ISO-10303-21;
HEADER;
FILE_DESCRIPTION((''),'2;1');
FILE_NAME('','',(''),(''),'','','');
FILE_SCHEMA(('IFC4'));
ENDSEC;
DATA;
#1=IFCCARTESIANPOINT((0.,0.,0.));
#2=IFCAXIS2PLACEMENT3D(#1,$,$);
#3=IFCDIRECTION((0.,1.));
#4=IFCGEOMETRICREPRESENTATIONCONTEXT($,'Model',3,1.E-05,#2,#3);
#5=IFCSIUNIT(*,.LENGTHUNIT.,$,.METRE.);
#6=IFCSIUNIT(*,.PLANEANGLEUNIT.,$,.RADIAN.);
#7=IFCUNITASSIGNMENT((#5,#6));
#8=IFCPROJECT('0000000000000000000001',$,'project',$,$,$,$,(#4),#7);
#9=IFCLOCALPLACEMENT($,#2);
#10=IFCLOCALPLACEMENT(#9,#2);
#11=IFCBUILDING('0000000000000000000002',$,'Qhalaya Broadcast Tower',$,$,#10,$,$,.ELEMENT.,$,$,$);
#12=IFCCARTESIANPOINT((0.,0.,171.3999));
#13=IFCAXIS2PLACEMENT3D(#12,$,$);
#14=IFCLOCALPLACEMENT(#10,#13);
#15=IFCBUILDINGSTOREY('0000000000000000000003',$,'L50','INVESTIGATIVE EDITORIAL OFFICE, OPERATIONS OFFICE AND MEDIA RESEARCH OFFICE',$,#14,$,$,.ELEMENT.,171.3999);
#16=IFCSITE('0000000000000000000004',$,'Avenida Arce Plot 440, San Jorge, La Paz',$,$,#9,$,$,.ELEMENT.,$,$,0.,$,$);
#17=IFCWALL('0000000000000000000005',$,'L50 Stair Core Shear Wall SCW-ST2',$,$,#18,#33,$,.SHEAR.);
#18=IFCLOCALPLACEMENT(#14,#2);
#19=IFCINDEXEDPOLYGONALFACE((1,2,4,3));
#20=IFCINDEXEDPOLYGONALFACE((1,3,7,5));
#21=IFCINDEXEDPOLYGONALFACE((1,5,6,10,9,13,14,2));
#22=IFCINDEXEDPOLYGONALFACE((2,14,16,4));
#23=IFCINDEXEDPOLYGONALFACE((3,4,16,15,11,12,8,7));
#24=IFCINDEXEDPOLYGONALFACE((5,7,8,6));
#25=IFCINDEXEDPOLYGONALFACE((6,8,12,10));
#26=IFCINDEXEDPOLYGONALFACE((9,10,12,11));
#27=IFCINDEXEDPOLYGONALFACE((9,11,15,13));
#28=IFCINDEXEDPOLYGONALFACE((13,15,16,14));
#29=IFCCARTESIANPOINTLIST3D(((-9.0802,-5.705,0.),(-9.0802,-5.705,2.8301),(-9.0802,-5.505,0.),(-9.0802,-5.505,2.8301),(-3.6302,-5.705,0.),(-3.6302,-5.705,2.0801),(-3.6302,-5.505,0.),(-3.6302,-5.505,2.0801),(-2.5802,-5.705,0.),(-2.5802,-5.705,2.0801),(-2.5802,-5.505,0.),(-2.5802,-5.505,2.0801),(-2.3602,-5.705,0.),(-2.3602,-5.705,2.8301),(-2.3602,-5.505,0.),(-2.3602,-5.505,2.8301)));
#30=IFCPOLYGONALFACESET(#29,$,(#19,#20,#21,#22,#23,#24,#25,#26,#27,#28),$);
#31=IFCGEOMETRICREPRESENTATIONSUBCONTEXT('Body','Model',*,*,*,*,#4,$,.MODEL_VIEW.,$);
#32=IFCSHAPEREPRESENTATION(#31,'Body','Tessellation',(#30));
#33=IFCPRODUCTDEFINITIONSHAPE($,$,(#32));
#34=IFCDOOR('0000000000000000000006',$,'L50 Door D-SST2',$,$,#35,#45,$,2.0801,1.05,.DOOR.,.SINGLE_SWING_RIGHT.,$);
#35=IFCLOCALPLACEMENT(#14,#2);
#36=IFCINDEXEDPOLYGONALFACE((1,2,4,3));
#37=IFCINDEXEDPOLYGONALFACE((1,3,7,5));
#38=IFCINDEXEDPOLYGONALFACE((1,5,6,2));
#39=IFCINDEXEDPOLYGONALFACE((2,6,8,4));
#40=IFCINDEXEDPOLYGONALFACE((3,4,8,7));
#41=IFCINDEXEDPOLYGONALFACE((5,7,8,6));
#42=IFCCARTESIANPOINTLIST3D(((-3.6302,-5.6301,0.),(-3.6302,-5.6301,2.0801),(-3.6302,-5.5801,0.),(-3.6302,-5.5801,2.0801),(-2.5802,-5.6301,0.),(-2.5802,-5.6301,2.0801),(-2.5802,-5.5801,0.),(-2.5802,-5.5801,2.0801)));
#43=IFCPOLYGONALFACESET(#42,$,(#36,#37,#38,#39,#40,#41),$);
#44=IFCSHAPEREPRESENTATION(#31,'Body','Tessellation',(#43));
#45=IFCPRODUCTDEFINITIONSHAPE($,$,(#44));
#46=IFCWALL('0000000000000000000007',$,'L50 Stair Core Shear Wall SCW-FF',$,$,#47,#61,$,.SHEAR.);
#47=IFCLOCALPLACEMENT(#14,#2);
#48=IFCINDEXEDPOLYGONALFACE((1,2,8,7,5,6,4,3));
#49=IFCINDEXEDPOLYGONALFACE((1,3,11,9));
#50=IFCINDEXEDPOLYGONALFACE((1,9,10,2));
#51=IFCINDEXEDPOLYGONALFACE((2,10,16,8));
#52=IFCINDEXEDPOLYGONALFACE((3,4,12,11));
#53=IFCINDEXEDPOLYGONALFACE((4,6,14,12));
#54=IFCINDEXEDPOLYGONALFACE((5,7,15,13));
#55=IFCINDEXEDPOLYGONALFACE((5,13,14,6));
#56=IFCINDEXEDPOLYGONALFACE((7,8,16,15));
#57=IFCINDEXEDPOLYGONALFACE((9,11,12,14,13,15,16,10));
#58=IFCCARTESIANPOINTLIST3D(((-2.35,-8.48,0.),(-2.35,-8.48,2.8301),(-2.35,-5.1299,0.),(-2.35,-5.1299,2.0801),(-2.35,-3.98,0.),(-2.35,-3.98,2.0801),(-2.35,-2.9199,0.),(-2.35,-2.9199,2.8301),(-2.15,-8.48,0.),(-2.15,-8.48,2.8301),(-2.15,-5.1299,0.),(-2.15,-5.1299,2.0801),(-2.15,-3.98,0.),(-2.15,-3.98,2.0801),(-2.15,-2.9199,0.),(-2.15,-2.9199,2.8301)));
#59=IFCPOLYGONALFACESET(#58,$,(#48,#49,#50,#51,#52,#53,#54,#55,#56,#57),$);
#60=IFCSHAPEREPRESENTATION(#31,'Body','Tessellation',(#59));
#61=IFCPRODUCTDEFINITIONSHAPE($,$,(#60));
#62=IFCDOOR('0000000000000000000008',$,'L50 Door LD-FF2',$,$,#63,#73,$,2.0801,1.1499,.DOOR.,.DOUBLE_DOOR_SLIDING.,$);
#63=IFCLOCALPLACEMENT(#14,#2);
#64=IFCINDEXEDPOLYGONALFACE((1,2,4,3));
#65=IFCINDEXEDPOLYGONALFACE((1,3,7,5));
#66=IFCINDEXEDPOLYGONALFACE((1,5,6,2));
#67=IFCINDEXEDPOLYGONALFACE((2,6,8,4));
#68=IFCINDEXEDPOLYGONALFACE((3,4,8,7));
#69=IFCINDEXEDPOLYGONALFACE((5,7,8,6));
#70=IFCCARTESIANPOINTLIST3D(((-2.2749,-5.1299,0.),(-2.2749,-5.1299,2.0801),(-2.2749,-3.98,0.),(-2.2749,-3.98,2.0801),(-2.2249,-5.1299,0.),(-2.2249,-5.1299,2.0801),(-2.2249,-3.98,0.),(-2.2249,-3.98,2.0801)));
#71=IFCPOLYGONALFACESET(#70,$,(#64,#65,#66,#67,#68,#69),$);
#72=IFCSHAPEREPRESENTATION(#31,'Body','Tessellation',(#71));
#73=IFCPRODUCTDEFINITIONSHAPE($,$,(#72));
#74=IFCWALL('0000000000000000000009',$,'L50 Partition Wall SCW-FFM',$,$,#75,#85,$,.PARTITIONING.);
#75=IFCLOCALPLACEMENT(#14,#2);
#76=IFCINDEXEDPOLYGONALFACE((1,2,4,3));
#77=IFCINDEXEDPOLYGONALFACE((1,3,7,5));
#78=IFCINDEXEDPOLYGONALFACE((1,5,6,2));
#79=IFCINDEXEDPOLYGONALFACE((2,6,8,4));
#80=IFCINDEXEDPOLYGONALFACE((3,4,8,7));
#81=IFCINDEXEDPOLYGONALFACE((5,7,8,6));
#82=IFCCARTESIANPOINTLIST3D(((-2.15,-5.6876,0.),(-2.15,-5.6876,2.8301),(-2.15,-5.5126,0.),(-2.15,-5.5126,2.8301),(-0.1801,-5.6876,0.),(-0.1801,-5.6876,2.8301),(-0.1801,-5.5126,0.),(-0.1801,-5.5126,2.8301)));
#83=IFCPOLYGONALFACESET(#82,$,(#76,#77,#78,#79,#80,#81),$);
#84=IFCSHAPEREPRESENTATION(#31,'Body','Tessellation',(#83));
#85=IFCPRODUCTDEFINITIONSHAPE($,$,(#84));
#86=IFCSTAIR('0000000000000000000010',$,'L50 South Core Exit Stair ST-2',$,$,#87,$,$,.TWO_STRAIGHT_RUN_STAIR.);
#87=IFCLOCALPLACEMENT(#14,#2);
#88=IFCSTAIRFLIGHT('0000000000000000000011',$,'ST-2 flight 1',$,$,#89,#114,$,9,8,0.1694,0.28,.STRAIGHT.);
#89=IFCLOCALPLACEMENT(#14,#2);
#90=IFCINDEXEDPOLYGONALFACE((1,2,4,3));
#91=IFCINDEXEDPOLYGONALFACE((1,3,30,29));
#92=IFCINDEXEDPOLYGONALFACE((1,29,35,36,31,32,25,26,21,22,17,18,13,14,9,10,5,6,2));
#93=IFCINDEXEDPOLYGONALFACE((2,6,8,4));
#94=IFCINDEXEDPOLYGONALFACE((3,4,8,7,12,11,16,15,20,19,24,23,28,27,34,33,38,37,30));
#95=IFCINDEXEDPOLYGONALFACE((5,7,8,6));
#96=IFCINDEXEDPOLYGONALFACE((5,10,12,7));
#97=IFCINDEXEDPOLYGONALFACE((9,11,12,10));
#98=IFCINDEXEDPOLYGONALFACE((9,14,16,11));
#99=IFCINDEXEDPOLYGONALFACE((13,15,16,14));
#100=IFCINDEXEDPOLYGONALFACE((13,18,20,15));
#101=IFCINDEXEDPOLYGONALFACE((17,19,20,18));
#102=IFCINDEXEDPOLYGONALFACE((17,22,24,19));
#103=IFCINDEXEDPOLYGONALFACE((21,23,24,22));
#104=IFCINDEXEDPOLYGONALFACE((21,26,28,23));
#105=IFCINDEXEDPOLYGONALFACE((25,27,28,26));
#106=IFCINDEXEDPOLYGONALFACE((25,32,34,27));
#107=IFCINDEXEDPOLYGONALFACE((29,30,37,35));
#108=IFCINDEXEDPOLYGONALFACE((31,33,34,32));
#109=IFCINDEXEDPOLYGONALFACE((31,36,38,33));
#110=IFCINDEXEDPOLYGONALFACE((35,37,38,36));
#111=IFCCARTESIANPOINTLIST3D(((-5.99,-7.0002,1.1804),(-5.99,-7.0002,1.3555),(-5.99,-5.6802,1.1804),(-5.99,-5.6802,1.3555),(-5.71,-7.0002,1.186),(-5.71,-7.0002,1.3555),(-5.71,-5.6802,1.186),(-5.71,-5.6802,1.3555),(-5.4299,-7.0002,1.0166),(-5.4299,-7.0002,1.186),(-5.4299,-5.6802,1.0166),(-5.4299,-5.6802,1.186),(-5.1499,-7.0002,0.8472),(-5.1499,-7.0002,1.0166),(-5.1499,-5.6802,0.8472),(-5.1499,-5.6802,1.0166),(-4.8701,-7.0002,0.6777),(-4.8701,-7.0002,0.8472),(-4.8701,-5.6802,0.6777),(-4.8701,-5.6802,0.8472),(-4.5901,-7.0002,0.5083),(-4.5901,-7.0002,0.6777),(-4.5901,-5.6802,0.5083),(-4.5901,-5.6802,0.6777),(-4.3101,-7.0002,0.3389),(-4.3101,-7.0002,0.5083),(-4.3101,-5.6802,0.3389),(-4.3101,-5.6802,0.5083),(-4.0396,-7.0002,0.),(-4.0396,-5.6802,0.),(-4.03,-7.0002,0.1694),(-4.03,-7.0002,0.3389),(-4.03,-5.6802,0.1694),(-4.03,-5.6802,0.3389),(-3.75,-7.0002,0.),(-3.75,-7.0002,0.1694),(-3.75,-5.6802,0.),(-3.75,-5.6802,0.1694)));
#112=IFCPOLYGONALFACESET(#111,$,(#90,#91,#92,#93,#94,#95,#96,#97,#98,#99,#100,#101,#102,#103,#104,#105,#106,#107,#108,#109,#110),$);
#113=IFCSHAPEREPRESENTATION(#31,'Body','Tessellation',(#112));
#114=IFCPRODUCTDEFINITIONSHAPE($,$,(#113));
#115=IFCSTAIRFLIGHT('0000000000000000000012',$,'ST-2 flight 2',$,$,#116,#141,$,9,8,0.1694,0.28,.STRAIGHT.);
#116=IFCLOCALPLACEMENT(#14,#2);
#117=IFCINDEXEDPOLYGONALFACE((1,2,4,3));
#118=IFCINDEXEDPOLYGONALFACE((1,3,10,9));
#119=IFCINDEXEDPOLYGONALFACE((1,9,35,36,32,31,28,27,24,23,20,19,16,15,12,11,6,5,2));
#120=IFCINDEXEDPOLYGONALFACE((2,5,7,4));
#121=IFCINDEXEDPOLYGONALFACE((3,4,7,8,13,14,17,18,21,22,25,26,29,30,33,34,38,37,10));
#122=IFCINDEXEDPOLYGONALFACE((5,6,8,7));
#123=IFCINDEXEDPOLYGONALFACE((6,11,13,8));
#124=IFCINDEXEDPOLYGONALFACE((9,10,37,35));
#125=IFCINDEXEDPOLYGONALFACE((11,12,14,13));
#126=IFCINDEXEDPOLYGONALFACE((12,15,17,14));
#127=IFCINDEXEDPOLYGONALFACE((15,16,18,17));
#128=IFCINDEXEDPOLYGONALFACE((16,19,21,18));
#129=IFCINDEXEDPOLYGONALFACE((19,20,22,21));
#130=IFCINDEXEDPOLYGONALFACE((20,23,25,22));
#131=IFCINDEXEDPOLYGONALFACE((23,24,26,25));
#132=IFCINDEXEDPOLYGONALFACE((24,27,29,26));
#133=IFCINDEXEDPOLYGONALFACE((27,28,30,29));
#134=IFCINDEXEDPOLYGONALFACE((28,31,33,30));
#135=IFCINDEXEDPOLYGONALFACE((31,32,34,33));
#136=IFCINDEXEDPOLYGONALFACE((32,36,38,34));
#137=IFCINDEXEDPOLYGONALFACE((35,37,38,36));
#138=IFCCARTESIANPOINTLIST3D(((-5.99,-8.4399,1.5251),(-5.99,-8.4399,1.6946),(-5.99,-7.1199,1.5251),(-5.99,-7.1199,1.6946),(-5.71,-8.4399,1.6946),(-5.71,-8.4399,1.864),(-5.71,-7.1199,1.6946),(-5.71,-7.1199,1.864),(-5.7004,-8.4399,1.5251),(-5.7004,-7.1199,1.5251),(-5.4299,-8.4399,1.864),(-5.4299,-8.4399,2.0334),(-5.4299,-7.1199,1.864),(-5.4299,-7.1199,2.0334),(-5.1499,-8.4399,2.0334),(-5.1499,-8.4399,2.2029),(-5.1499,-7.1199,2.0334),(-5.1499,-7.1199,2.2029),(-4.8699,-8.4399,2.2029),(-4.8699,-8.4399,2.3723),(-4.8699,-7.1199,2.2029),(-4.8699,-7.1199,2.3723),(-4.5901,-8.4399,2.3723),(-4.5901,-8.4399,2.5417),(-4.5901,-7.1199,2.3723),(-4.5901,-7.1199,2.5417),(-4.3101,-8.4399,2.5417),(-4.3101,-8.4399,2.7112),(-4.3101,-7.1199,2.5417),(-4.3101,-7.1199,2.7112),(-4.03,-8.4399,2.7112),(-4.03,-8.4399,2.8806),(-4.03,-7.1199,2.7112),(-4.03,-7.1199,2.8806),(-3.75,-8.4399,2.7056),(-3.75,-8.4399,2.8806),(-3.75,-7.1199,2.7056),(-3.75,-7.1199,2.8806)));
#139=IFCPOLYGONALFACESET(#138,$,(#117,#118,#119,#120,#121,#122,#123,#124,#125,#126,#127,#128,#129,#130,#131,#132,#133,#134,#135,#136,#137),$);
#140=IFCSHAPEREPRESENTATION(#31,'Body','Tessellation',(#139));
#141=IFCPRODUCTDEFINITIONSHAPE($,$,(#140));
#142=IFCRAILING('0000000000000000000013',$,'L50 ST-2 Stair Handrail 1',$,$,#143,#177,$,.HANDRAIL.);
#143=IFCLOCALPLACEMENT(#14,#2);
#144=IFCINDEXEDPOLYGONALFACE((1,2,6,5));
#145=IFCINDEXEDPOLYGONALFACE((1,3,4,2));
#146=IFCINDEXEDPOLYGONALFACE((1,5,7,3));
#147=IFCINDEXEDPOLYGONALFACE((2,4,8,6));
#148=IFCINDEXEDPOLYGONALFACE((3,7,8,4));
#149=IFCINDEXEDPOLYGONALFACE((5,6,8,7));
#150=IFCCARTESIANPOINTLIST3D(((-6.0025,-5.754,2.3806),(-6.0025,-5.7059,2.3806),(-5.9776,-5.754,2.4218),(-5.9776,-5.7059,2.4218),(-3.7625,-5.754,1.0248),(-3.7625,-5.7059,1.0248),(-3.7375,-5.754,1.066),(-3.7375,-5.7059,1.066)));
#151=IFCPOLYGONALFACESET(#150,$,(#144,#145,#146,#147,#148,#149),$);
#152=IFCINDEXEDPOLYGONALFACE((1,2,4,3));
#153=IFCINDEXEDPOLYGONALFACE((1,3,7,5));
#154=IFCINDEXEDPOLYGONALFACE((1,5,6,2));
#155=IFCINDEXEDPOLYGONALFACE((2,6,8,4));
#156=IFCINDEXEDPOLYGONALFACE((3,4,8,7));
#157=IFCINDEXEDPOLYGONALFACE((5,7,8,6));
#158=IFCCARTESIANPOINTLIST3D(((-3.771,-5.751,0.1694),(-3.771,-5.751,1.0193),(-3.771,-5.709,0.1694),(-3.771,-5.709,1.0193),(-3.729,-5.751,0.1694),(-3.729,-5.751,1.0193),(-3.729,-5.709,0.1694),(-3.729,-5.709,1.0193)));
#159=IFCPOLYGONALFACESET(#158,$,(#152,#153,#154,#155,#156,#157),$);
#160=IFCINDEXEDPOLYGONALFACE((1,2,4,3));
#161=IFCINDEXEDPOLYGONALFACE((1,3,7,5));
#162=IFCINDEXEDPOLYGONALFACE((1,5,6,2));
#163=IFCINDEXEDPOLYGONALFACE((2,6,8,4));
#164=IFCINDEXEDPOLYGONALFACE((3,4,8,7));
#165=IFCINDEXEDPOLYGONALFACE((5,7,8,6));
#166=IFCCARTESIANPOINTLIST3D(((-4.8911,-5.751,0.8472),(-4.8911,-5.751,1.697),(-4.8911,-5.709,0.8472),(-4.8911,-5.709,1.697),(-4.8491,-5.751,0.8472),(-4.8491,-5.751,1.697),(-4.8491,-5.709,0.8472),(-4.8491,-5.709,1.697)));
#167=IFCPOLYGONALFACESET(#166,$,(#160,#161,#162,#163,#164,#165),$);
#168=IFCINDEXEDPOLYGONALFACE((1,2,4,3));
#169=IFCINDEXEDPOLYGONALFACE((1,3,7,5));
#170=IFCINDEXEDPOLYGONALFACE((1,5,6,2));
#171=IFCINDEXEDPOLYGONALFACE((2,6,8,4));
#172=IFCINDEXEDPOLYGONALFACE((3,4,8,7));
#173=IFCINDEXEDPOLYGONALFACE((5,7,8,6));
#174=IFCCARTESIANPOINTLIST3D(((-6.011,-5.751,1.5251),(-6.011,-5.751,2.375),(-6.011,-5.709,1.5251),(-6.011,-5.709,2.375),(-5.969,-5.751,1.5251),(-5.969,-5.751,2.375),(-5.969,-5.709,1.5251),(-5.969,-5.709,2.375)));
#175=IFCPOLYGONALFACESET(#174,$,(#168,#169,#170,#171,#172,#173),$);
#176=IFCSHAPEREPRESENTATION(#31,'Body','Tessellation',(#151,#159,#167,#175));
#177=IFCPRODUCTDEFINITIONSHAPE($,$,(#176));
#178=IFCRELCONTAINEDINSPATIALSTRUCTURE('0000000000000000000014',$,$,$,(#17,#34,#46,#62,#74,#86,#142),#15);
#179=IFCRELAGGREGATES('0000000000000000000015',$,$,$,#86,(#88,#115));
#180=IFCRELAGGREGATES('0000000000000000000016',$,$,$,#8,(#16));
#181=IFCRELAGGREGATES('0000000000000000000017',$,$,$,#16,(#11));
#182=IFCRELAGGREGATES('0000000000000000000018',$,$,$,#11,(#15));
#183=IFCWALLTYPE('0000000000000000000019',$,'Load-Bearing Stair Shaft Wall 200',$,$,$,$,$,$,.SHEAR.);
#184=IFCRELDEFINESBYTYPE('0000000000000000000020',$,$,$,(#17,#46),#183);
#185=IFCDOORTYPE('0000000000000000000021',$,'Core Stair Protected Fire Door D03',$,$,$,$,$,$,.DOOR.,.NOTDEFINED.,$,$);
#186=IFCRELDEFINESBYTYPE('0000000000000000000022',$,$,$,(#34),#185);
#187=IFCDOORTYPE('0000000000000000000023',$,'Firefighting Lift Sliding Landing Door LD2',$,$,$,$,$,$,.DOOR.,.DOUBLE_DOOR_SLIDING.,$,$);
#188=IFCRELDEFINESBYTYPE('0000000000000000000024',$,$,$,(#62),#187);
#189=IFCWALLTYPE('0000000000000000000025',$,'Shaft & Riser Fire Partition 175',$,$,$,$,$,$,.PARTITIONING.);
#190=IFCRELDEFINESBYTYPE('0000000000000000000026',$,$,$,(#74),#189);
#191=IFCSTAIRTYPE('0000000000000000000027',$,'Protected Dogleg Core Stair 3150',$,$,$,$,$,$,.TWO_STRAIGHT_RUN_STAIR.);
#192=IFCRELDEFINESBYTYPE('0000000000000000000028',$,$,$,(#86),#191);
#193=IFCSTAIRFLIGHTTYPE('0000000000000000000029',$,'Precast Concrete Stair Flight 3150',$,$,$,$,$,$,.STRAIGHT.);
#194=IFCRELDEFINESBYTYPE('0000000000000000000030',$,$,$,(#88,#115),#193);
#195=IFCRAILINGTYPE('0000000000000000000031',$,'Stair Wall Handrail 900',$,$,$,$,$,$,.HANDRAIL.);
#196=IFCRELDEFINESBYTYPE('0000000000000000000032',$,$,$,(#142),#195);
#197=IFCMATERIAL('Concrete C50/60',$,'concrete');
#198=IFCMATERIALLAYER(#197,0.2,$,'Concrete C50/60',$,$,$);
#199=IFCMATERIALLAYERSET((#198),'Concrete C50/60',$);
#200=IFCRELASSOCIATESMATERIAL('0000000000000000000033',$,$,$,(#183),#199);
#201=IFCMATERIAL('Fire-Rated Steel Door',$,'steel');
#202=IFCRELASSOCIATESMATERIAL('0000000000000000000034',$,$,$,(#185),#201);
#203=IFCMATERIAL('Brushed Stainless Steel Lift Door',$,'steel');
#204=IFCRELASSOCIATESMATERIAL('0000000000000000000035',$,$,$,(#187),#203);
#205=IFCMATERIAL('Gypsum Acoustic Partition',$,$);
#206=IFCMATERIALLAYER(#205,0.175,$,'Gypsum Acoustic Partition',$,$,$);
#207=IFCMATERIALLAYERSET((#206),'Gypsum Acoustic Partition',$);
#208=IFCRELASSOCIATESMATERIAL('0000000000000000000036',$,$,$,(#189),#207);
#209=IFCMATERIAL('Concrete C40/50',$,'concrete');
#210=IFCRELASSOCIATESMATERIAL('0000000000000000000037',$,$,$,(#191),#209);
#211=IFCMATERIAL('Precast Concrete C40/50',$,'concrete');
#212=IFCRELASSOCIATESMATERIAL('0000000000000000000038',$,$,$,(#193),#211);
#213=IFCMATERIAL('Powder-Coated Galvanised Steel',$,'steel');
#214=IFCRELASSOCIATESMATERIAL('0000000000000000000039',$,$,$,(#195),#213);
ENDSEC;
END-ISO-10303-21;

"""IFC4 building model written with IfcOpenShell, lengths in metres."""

from ifc_helpers import new_model, si_unit, direction, frame, frame_2d, origin, origin_2d, place, context, subcontext, project, spatial, polyline, rectangle, outline, extrude, material, layer, layer_set, type_object, element, fill, aggregate, save


model = new_model("IFC4")

# Units and contexts
model_context = context("Model", 3, precision=1e-05, world=origin(), true_north=direction((0.0, 1.0)))
body_context = subcontext(model_context, "Body", "Model", "MODEL_VIEW")
ifc_project = project(units=[si_unit("LENGTHUNIT", "METRE"), si_unit("PLANEANGLEUNIT", "RADIAN")], contexts=[model_context])

# Site, building, storey
site_placement = place(None, origin())
site = spatial("IfcSite", under=ifc_project, at=site_placement, Name="Avenida Arce Plot 440, San Jorge, La Paz", CompositionType="ELEMENT", RefElevation=0.0)
building_placement = place(site_placement, origin())
building = spatial("IfcBuilding", under=site, at=building_placement, Name="Qhalaya Broadcast Tower", CompositionType="ELEMENT")
storey_placement = place(building_placement, frame((0.0, 0.0, 171.3999)))
storey = spatial("IfcBuildingStorey", under=building, at=storey_placement, Name="L50", Description="INVESTIGATIVE EDITORIAL OFFICE, OPERATIONS OFFICE AND MEDIA RESEARCH OFFICE", CompositionType="ELEMENT", Elevation=171.3999)

# Shared definitions
ifc_material_1 = material(Name="Concrete C50/60", Category="concrete")

# Walls, openings, doors
ifc_layer_1 = layer(ifc_material_1, 0.2, Name="Concrete C50/60")
ifc_layer_set_1 = layer_set([ifc_layer_1], Name="Concrete C50/60")
wall_type_1 = type_object("IfcWallType", Name="Load-Bearing Stair Shaft Wall 200", PredefinedType="SHEAR", material=ifc_layer_set_1)
wall_1_placement = place(storey_placement, frame((-9.0801, -5.605, 0.0), z_axis=(0.0, 0.0, 1.0), x_axis=(1.0, 0.0, 0.0)))
wall_1 = element("IfcWall", 1, at=wall_1_placement, inside=storey, type_object=wall_type_1, Name="L50 Stair Core Shear Wall SCW-ST2", PredefinedType="SHEAR", context=body_context, shape_type="SweptSolid", body=[
    extrude(rectangle(XDim=6.72, YDim=0.2, at=frame_2d((3.3599, 0.0))), origin(), (0.0, 0.0, 1.0), 2.8301),
])
opening_1_placement = place(wall_1_placement, frame((5.45, 0.0, 0.0)))
opening_1 = element("IfcOpeningElement", 2, at=opening_1_placement, cuts=wall_1, PredefinedType="OPENING", context=body_context, shape_type="SweptSolid", body=[
    extrude(rectangle(XDim=1.05, YDim=2.0801, at=frame_2d((0.5249, 1.04))), frame((0.0, 0.1121, 0.0), z_axis=(0.0, -1.0, 0.0), x_axis=(1.0, 0.0, 0.0)), (0.0, 0.0, 1.0), 0.2239),
])
ifc_material_2 = material(Name="Fire-Rated Steel Door", Category="steel")
door_type_1 = type_object("IfcDoorType", Name="Core Stair Protected Fire Door D03", OperationType="NOTDEFINED", PredefinedType="DOOR", material=ifc_material_2)
door_1_placement = place(opening_1_placement, origin())
door_1 = element("IfcDoor", 3, at=door_1_placement, inside=storey, type_object=door_type_1, Name="L50 Door D-SST2", OperationType="SINGLE_SWING_RIGHT", OverallHeight=2.0801, OverallWidth=1.05, PredefinedType="DOOR", context=body_context, shape_type="SweptSolid", body=[
    extrude(rectangle(XDim=1.05, YDim=2.0801, at=frame_2d((0.5249, 1.04))), frame((0.0, 0.0249, 0.0), z_axis=(0.0, -1.0, 0.0), x_axis=(1.0, 0.0, 0.0)), (0.0, 0.0, 1.0), 0.05),
])
fill(opening_1, door_1)
wall_2_placement = place(storey_placement, frame((-2.25, -8.48, 0.0), z_axis=(0.0, 0.0, 1.0), x_axis=(0.0, 1.0, 0.0)))
wall_2 = element("IfcWall", 4, at=wall_2_placement, inside=storey, type_object=wall_type_1, Name="L50 Stair Core Shear Wall SCW-FF", PredefinedType="SHEAR", context=body_context, shape_type="SweptSolid", body=[
    extrude(rectangle(XDim=5.5601, YDim=0.2, at=frame_2d((2.78, 0.0))), origin(), (0.0, 0.0, 1.0), 2.8301),
])
opening_2_placement = place(wall_2_placement, frame((3.3501, 0.0, 0.0)))
opening_2 = element("IfcOpeningElement", 5, at=opening_2_placement, cuts=wall_2, PredefinedType="OPENING", context=body_context, shape_type="SweptSolid", body=[
    extrude(rectangle(XDim=1.1499, YDim=2.0801, at=frame_2d((0.575, 1.04))), frame((0.0, 0.1121, 0.0), z_axis=(0.0, -1.0, 0.0), x_axis=(1.0, 0.0, 0.0)), (0.0, 0.0, 1.0), 0.2239),
])
ifc_material_3 = material(Name="Brushed Stainless Steel Lift Door", Category="steel")
door_type_2 = type_object("IfcDoorType", Name="Firefighting Lift Sliding Landing Door LD2", OperationType="DOUBLE_DOOR_SLIDING", PredefinedType="DOOR", material=ifc_material_3)
door_2_placement = place(opening_2_placement, origin())
door_2 = element("IfcDoor", 6, at=door_2_placement, inside=storey, type_object=door_type_2, Name="L50 Door LD-FF2", OperationType="DOUBLE_DOOR_SLIDING", OverallHeight=2.0801, OverallWidth=1.1499, PredefinedType="DOOR", context=body_context, shape_type="SweptSolid", body=[
    extrude(rectangle(XDim=1.1499, YDim=2.0801, at=frame_2d((0.575, 1.04))), frame((0.0, 0.0249, 0.0), z_axis=(0.0, -1.0, 0.0), x_axis=(1.0, 0.0, 0.0)), (0.0, 0.0, 1.0), 0.05),
])
fill(opening_2, door_2)

# Wall
ifc_material_4 = material(Name="Gypsum Acoustic Partition")
ifc_layer_2 = layer(ifc_material_4, 0.175, Name="Gypsum Acoustic Partition")
ifc_layer_set_2 = layer_set([ifc_layer_2], Name="Gypsum Acoustic Partition")
wall_type_2 = type_object("IfcWallType", Name="Shaft & Riser Fire Partition 175", PredefinedType="PARTITIONING", material=ifc_layer_set_2)
wall_3_placement = place(storey_placement, frame((-2.1499, -5.6001, 0.0), z_axis=(0.0, 0.0, 1.0), x_axis=(1.0, 0.0, 0.0)))
element("IfcWall", 7, at=wall_3_placement, inside=storey, type_object=wall_type_2, Name="L50 Partition Wall SCW-FFM", PredefinedType="PARTITIONING", context=body_context, shape_type="SweptSolid", body=[
    extrude(rectangle(XDim=1.97, YDim=0.175, at=frame_2d((0.9849, 0.0))), origin(), (0.0, 0.0, 1.0), 2.8301),
])

# Stair, stair flights
ifc_material_5 = material(Name="Concrete C40/50", Category="concrete")
stair_type = type_object("IfcStairType", Name="Protected Dogleg Core Stair 3150", PredefinedType="TWO_STRAIGHT_RUN_STAIR", material=ifc_material_5)
stair_placement = place(storey_placement, origin())
stair = element("IfcStair", 8, at=stair_placement, inside=storey, type_object=stair_type, Name="L50 South Core Exit Stair ST-2", PredefinedType="TWO_STRAIGHT_RUN_STAIR")
ifc_material_6 = material(Name="Precast Concrete C40/50", Category="concrete")
stair_flight_type = type_object("IfcStairFlightType", Name="Precast Concrete Stair Flight 3150", PredefinedType="STRAIGHT", material=ifc_material_6)
stair_flight_1_placement = place(storey_placement, frame((-3.75, -6.3401, 0.0), z_axis=(0.0, 0.0, 1.0), x_axis=(-1.0, 0.0, 0.0)))
stair_flight_1 = element("IfcStairFlight", 9, at=stair_flight_1_placement, type_object=stair_flight_type, Name="ST-2 flight 1", NumberOfRisers=9, NumberOfTreads=8, PredefinedType="STRAIGHT", RiserHeight=0.1694, TreadLength=0.28, context=body_context, shape_type="SweptSolid", body=[
    extrude(outline(polyline([(0.0, 0.0), (0.0, 0.1694), (0.28, 0.1694), (0.28, 0.3389), (0.5601, 0.3389), (0.5601, 0.5083), (0.8401, 0.5083), (0.8401, 0.6777), (1.1201, 0.6777), (1.1201, 0.8472), (1.3999, 0.8472), (1.3999, 1.0166), (1.6799, 1.0166), (1.6799, 1.186), (1.96, 1.186), (1.96, 1.3555), (2.24, 1.3555), (2.24, 1.5249), (2.24, 1.1804), (0.2896, 0.0), (0.0, 0.0)])), frame((0.0, 0.6602, 0.0), z_axis=(0.0, -1.0, 0.0), x_axis=(1.0, 0.0, 0.0)), (0.0, 0.0, 1.0), 1.3201),
])
stair_flight_2_placement = place(storey_placement, frame((-5.99, -7.78, 1.5251), z_axis=(0.0, 0.0, 1.0), x_axis=(1.0, 0.0, 0.0)))
stair_flight_2 = element("IfcStairFlight", 10, at=stair_flight_2_placement, type_object=stair_flight_type, Name="ST-2 flight 2", NumberOfRisers=9, NumberOfTreads=8, PredefinedType="STRAIGHT", RiserHeight=0.1694, TreadLength=0.28, context=body_context, shape_type="SweptSolid", body=[
    extrude(outline(polyline([(0.0, 0.0), (0.0, 0.1694), (0.28, 0.1694), (0.28, 0.3389), (0.5601, 0.3389), (0.5601, 0.5083), (0.8401, 0.5083), (0.8401, 0.6777), (1.1201, 0.6777), (1.1201, 0.8472), (1.3999, 0.8472), (1.3999, 1.0166), (1.6799, 1.0166), (1.6799, 1.186), (1.96, 1.186), (1.96, 1.3555), (2.24, 1.3555), (2.24, 1.5249), (2.24, 1.1804), (0.2896, 0.0), (0.0, 0.0)])), frame((0.0, 0.6602, 0.0), z_axis=(0.0, -1.0, 0.0), x_axis=(1.0, 0.0, 0.0)), (0.0, 0.0, 1.0), 1.3201),
])
aggregate(stair, [stair_flight_1, stair_flight_2])

# Railing
ifc_material_7 = material(Name="Powder-Coated Galvanised Steel", Category="steel")
railing_type_1 = type_object("IfcRailingType", Name="Stair Wall Handrail 900", PredefinedType="HANDRAIL", material=ifc_material_7)
railing_1_placement = place(storey_placement, frame((-3.75, -5.73, 0.1694)))
element("IfcRailing", 11, at=railing_1_placement, inside=storey, type_object=railing_type_1, Name="L50 ST-2 Stair Handrail 1", PredefinedType="HANDRAIL", context=body_context, shape_type="SweptSolid", body=[
    extrude(rectangle(XDim=0.0481, YDim=0.0481, at=origin_2d()), frame((0.0, 0.0, 0.876), z_axis=(-0.855512, 0.0, 0.517783), x_axis=(0.0, -1.0, 0.0)), (0.0, 0.0, 1.0), 2.6184),
    extrude(rectangle(XDim=0.042, YDim=0.042, at=origin_2d()), origin(), (0.0, 0.0, 1.0), 0.8499),
    extrude(rectangle(XDim=0.042, YDim=0.042, at=origin_2d()), frame((-1.1201, 0.0, 0.6777)), (0.0, 0.0, 1.0), 0.8499),
    extrude(rectangle(XDim=0.042, YDim=0.042, at=origin_2d()), frame((-2.24, 0.0, 1.3557)), (0.0, 0.0, 1.0), 0.8499),
])

save(model, "model.ifc")
